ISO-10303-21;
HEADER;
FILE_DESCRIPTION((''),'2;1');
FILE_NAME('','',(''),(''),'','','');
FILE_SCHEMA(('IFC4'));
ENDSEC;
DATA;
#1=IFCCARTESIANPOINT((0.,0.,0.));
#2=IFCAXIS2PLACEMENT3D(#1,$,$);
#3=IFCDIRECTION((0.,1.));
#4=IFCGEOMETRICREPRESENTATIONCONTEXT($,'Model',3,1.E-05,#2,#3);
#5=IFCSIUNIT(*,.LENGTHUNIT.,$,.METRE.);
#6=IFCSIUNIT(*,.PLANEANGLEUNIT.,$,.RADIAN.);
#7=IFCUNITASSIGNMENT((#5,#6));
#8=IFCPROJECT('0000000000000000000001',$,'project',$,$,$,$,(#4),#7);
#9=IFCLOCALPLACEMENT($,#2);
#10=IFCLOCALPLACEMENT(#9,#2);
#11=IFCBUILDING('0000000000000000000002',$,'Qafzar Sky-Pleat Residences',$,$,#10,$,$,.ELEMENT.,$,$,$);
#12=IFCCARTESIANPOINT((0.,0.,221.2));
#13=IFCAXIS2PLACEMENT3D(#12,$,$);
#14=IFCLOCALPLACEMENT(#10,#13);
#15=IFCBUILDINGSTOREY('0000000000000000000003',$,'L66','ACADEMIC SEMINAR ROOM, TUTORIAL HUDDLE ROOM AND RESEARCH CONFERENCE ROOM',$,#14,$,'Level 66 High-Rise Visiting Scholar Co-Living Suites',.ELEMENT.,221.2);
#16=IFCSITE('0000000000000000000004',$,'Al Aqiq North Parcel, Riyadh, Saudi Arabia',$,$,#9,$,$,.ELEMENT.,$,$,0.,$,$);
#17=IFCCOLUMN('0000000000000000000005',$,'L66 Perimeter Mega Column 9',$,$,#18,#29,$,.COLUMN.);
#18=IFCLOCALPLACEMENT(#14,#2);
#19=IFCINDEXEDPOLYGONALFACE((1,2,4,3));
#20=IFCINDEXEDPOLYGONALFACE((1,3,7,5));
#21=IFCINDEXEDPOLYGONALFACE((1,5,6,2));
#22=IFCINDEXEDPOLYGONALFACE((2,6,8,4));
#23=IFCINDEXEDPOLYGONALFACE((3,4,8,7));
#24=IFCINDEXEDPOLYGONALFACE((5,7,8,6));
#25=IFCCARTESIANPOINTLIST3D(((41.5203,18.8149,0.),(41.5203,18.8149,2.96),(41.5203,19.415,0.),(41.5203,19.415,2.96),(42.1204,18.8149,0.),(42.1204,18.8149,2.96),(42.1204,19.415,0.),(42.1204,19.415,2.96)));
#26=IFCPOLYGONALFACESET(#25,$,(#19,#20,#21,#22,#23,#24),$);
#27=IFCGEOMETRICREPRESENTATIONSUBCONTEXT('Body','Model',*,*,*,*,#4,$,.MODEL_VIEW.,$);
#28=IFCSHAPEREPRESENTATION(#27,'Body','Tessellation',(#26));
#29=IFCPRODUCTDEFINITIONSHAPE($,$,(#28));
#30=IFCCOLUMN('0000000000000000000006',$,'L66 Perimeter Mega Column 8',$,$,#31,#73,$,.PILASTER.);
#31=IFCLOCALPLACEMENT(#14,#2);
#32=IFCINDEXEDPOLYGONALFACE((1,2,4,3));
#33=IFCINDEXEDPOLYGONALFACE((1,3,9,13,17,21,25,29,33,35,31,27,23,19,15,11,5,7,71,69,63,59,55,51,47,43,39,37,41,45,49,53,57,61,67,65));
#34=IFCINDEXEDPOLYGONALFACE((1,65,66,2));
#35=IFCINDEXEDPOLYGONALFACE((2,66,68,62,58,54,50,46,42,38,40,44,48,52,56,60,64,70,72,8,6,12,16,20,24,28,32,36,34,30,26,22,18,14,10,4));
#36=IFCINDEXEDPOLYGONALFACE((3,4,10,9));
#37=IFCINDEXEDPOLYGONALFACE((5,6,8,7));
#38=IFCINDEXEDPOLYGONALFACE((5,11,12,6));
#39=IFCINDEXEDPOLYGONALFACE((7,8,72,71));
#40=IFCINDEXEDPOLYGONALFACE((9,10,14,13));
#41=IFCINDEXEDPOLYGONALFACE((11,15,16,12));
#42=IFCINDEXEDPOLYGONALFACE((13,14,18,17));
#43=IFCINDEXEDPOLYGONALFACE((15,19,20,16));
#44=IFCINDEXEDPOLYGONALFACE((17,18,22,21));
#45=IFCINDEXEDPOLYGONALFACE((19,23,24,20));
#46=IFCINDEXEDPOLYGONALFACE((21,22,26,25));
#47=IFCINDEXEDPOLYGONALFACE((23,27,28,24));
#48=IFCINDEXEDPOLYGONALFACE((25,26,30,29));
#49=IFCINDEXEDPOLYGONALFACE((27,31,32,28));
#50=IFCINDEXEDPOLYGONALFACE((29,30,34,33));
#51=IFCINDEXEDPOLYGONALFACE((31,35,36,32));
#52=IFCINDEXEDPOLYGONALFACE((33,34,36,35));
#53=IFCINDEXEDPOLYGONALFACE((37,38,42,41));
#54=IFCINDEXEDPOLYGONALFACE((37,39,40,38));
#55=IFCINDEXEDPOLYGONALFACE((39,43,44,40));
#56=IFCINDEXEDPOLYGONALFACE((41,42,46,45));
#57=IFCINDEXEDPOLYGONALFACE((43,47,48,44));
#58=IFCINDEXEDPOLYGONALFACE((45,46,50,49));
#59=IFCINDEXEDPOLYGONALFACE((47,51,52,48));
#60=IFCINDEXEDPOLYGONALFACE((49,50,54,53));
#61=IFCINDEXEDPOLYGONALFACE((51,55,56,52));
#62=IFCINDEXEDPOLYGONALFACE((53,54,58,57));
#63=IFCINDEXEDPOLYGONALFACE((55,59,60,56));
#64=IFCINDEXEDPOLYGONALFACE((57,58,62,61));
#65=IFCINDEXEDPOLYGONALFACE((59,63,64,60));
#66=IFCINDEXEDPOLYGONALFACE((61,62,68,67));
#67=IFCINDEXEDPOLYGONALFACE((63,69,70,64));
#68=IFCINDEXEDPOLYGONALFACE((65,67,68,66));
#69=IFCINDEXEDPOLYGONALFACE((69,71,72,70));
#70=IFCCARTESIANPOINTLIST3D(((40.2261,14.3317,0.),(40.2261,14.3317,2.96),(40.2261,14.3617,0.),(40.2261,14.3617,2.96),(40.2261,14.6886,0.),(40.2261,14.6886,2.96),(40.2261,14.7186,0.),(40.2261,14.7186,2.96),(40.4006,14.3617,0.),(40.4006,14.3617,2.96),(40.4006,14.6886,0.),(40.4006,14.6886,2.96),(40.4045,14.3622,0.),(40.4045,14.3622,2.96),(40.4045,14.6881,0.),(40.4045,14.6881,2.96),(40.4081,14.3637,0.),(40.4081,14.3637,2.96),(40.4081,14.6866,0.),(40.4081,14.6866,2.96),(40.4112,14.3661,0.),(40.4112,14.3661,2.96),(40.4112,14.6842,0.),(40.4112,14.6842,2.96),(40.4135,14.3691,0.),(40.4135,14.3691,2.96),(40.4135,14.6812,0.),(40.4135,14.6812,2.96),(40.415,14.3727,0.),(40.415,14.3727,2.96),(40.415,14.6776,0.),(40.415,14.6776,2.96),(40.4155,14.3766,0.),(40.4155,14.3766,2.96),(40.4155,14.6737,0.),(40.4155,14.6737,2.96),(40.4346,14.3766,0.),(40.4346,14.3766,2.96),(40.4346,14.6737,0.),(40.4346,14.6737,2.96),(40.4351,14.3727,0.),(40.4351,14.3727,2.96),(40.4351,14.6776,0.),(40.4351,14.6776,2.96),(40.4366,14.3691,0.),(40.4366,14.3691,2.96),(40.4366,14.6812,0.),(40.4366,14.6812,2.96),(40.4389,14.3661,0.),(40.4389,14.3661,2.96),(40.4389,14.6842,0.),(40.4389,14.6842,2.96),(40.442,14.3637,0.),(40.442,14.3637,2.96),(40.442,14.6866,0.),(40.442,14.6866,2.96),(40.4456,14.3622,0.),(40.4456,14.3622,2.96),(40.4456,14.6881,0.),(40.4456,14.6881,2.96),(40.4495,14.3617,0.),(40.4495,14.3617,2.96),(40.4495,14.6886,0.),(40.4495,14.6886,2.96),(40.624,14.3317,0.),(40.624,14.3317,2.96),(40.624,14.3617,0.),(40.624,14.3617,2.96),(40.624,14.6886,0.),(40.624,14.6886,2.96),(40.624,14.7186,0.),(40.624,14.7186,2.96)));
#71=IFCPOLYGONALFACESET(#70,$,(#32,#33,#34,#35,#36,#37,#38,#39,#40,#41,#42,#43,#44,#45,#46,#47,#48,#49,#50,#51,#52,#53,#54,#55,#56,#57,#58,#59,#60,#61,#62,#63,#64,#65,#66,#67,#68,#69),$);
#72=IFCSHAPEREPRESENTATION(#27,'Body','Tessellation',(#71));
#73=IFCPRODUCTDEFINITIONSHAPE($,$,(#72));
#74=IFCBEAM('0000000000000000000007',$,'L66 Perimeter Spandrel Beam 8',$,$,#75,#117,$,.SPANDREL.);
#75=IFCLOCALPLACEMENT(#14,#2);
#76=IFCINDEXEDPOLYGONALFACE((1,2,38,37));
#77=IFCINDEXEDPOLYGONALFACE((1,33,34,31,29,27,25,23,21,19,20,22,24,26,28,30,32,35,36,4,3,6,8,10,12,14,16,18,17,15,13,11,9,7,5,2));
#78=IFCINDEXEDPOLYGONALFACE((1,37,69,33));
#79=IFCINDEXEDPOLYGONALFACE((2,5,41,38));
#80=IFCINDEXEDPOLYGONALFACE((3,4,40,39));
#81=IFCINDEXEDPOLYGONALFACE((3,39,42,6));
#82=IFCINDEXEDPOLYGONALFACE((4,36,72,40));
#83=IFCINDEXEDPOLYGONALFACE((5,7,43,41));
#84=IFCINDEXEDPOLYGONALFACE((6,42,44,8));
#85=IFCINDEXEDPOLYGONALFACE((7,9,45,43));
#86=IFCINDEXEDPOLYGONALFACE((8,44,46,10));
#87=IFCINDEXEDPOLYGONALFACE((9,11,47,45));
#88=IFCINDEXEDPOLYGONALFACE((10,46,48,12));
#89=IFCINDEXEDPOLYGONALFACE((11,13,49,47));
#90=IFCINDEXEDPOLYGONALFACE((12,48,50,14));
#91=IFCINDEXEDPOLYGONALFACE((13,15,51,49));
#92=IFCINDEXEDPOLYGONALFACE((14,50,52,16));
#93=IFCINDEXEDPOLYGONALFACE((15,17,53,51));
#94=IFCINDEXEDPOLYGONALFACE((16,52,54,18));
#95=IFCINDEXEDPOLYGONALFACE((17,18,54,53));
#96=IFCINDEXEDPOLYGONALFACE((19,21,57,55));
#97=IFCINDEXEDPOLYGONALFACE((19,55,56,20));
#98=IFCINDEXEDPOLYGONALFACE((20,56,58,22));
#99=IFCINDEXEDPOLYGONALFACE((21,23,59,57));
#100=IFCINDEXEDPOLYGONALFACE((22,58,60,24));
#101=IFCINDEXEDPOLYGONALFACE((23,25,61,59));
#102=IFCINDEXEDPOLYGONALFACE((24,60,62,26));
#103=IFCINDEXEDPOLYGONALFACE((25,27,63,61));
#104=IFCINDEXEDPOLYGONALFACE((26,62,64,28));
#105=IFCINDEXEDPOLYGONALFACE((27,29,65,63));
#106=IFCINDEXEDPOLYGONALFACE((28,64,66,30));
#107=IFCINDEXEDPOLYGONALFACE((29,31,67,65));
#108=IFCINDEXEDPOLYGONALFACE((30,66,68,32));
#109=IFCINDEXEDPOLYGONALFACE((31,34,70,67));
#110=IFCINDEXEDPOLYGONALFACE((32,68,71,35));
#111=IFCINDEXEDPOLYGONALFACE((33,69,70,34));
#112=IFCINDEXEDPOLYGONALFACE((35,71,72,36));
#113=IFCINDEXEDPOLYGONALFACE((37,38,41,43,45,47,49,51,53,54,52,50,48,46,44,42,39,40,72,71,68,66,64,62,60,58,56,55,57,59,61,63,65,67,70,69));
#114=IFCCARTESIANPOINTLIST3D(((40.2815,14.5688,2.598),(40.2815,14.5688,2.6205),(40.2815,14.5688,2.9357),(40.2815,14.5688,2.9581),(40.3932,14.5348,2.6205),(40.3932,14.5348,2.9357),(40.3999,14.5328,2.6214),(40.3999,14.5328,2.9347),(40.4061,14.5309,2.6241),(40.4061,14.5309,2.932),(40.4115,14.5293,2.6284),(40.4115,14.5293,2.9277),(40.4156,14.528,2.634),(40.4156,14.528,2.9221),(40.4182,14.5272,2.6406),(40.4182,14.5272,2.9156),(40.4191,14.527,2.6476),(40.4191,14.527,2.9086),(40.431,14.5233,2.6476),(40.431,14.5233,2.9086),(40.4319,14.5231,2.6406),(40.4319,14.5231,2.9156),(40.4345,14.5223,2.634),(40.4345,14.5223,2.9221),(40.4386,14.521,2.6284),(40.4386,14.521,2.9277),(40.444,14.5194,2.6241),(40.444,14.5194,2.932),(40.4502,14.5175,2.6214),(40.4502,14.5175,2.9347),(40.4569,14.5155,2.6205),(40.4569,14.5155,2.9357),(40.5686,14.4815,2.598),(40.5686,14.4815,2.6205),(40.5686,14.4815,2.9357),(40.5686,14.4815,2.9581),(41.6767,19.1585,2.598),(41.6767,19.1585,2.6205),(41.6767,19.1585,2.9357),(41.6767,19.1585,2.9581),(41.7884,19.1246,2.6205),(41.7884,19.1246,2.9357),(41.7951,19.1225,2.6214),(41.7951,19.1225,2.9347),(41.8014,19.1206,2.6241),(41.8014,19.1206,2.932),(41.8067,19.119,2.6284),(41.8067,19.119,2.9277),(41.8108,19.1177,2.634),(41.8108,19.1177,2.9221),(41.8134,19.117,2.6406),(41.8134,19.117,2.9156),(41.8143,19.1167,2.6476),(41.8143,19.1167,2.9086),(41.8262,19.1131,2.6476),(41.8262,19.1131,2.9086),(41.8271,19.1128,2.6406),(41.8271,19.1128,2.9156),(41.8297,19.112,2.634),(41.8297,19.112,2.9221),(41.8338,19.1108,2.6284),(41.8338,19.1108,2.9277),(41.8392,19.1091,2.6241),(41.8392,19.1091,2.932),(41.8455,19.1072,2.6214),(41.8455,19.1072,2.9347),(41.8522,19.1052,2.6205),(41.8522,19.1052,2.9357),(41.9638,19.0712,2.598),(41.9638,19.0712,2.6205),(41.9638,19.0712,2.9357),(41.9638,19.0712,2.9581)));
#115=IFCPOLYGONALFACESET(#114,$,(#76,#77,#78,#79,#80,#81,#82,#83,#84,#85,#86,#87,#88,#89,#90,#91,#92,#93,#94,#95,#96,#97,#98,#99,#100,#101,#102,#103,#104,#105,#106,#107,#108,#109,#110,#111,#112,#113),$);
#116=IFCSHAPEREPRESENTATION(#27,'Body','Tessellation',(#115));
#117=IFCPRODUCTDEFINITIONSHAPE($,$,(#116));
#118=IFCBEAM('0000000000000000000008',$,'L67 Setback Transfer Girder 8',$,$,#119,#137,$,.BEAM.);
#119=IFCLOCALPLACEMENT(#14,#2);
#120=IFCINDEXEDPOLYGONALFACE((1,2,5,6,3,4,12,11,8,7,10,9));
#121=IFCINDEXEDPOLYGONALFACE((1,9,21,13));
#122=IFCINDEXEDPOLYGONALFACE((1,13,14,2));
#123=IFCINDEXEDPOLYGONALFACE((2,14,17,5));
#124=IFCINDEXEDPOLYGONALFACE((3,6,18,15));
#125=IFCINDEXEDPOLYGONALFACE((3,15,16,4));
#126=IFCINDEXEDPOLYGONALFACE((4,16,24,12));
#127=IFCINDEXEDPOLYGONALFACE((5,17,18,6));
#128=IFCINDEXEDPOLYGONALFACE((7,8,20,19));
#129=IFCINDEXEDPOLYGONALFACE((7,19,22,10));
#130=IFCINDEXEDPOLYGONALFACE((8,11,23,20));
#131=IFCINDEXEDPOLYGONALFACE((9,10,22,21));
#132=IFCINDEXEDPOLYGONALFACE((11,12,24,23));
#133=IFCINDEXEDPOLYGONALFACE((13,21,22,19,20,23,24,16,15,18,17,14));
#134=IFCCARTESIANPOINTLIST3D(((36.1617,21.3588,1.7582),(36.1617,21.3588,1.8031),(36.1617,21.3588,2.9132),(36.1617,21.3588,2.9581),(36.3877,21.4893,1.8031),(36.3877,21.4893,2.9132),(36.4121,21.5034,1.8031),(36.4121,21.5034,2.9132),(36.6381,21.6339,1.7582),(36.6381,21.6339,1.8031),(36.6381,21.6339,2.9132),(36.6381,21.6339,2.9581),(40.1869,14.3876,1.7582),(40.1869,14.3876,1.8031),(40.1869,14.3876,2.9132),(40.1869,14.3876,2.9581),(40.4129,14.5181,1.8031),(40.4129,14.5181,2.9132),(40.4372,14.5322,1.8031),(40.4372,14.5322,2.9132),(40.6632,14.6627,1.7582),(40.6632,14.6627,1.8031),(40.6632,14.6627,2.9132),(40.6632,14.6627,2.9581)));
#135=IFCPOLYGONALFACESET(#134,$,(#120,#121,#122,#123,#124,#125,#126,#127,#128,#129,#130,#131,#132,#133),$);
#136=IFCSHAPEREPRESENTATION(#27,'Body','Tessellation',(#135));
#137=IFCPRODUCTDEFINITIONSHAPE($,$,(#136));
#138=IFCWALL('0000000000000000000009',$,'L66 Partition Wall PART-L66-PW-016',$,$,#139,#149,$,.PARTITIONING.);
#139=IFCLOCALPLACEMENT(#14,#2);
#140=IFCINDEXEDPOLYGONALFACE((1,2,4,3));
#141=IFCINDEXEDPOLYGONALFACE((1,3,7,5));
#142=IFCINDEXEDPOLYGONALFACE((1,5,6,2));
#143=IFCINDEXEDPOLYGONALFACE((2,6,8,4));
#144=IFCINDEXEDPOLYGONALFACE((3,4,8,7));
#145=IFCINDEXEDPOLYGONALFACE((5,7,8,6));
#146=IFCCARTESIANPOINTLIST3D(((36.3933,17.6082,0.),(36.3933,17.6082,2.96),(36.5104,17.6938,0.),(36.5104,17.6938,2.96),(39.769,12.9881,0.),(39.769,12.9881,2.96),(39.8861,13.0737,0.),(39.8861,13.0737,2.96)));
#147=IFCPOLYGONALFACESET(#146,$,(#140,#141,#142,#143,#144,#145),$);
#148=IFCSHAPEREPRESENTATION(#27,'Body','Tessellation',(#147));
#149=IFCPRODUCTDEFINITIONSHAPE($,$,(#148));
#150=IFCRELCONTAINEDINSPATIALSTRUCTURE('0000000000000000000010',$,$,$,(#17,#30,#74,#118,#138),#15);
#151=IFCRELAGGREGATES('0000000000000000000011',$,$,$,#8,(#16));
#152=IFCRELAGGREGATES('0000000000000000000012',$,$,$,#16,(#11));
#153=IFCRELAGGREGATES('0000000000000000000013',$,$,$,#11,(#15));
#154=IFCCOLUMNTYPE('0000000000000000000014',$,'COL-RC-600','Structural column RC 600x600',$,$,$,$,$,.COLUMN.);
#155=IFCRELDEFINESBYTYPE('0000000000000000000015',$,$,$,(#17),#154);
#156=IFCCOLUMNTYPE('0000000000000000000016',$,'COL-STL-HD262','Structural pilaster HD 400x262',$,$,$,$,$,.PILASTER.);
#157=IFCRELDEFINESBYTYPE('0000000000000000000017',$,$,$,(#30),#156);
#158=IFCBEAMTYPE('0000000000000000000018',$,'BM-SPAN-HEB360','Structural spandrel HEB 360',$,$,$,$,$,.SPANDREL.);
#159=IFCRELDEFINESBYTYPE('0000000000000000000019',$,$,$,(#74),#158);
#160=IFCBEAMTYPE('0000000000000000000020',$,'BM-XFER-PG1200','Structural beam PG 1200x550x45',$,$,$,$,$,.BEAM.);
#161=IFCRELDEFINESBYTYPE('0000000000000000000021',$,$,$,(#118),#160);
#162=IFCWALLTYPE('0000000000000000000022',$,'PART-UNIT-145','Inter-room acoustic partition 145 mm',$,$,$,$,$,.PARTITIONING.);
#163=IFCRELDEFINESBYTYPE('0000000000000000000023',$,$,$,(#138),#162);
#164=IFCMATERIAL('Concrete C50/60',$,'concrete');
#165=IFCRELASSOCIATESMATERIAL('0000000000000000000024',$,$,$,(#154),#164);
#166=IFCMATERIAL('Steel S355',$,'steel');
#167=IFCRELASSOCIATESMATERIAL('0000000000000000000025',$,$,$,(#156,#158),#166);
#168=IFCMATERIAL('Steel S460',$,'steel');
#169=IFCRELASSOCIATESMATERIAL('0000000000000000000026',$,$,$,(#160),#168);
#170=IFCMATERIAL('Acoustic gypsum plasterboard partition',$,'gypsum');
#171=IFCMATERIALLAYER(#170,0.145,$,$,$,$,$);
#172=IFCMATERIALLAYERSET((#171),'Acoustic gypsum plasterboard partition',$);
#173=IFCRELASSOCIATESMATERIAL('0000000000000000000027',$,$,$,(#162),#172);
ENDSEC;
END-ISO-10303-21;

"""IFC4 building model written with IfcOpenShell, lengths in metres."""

from ifc_helpers import new_model, si_unit, direction, frame, frame_2d, origin, origin_2d, place, context, subcontext, project, spatial, rectangle, i_section, extrude, source, transform, mapped, material, layer, layer_set, material_profile, profile_set, type_object, element, save


model = new_model("IFC4")

# Units and contexts
model_context = context("Model", 3, precision=1e-05, world=origin(), true_north=direction((0.0, 1.0)))
body_context = subcontext(model_context, "Body", "Model", "MODEL_VIEW")
ifc_project = project(units=[si_unit("LENGTHUNIT", "METRE"), si_unit("PLANEANGLEUNIT", "RADIAN")], contexts=[model_context])

# Site, building, storey
site_placement = place(None, origin())
site = spatial("IfcSite", under=ifc_project, at=site_placement, Name="Al Aqiq North Parcel, Riyadh, Saudi Arabia", CompositionType="ELEMENT", RefElevation=0.0)
building_placement = place(site_placement, origin())
building = spatial("IfcBuilding", under=site, at=building_placement, Name="Qafzar Sky-Pleat Residences", CompositionType="ELEMENT")
storey_placement = place(building_placement, frame((0.0, 0.0, 221.2)))
storey = spatial("IfcBuildingStorey", under=building, at=storey_placement, Name="L66", Description="ACADEMIC SEMINAR ROOM, TUTORIAL HUDDLE ROOM AND RESEARCH CONFERENCE ROOM", LongName="Level 66 High-Rise Visiting Scholar Co-Living Suites", CompositionType="ELEMENT", Elevation=221.2)

# Columns
ifc_material_1 = material(Name="Concrete C50/60", Category="concrete")
ifc_material_profile_1 = material_profile(ifc_material_1, rectangle(XDim=0.6001, YDim=0.6001, at=origin_2d()), Name="RC 600x600")
ifc_profile_set_1 = profile_set([ifc_material_profile_1], Name="Concrete C50/60")
column_type_1 = type_object("IfcColumnType", Name="COL-RC-600", Description="Structural column RC 600x600", PredefinedType="COLUMN", material=ifc_profile_set_1)
shared_shape_1 = source(origin(), body_context, "Body", "SweptSolid", [
    extrude(rectangle(XDim=0.6001, YDim=0.6001, at=origin_2d()), origin(), (0.0, 0.0, 1.0), 2.96),
])
column_1_placement = place(storey_placement, frame((41.8203, 19.115, 0.0), z_axis=(0.0, 0.0, 1.0), x_axis=(1.0, 0.0, 0.0)))
element("IfcColumn", 1, at=column_1_placement, inside=storey, type_object=column_type_1, Name="L66 Perimeter Mega Column 9", PredefinedType="COLUMN", context=body_context, shape_type="MappedRepresentation", body=[
    mapped(shared_shape_1, transform((0.0, 0.0, 0.0), x_axis=(1.0, 0.0, 0.0), y_axis=(0.0, 1.0, 0.0), z_axis=(0.0, 0.0, 1.0), scale=1.0)),
])
ifc_material_2 = material(Name="Steel S355", Category="steel")
ifc_material_profile_2 = material_profile(ifc_material_2, i_section(OverallWidth=0.3979, OverallDepth=0.387, WebThickness=0.019, FlangeThickness=0.03, FilletRadius=0.0149, at=origin_2d()), Name="HD 400x262")
ifc_profile_set_2 = profile_set([ifc_material_profile_2], Name="Steel S355")
column_type_2 = type_object("IfcColumnType", Name="COL-STL-HD262", Description="Structural pilaster HD 400x262", PredefinedType="PILASTER", material=ifc_profile_set_2)
shared_shape_2 = source(origin(), body_context, "Body", "SweptSolid", [
    extrude(i_section(OverallWidth=0.3979, OverallDepth=0.387, WebThickness=0.019, FlangeThickness=0.03, FilletRadius=0.0149, at=origin_2d()), origin(), (0.0, 0.0, 1.0), 2.96),
])
column_2_placement = place(storey_placement, frame((40.425, 14.5251, 0.0), z_axis=(0.0, 0.0, 1.0), x_axis=(1.0, 0.0, 0.0)))
element("IfcColumn", 2, at=column_2_placement, inside=storey, type_object=column_type_2, Name="L66 Perimeter Mega Column 8", PredefinedType="PILASTER", context=body_context, shape_type="MappedRepresentation", body=[
    mapped(shared_shape_2, transform((0.0, 0.0, 0.0), x_axis=(1.0, 0.0, 0.0), y_axis=(0.0, 1.0, 0.0), z_axis=(0.0, 0.0, 1.0), scale=1.0)),
])

# Beams
ifc_material_profile_3 = material_profile(ifc_material_2, i_section(OverallWidth=0.3, OverallDepth=0.3601, WebThickness=0.0125, FlangeThickness=0.0225, FilletRadius=0.0271, at=origin_2d()), Name="HEB 360")
ifc_profile_set_3 = profile_set([ifc_material_profile_3], Name="Steel S355")
beam_type_1 = type_object("IfcBeamType", Name="BM-SPAN-HEB360", Description="Structural spandrel HEB 360", PredefinedType="SPANDREL", material=ifc_profile_set_3)
shared_shape_3 = source(origin(), body_context, "Body", "SweptSolid", [
    extrude(i_section(OverallWidth=0.3, OverallDepth=0.3601, WebThickness=0.0125, FlangeThickness=0.0225, FilletRadius=0.0271, at=origin_2d()), origin(), (0.0, 0.0, 1.0), 4.7971),
])
beam_1_placement = place(storey_placement, frame((40.425, 14.5251, 2.7781), z_axis=(0.290848, 0.956769, 0.0), x_axis=(-0.956769, 0.290848, 0.0)))
element("IfcBeam", 3, at=beam_1_placement, inside=storey, type_object=beam_type_1, Name="L66 Perimeter Spandrel Beam 8", PredefinedType="SPANDREL", context=body_context, shape_type="MappedRepresentation", body=[
    mapped(shared_shape_3, transform((0.0, 0.0, 0.0), x_axis=(1.0, 0.0, 0.0), y_axis=(0.0, 1.0, 0.0), z_axis=(0.0, 0.0, 1.0), scale=1.0)),
])
ifc_material_3 = material(Name="Steel S460", Category="steel")
ifc_material_profile_4 = material_profile(ifc_material_3, i_section(OverallWidth=0.55, OverallDepth=1.2, WebThickness=0.0281, FlangeThickness=0.0449, at=origin_2d()), Name="PG 1200x550x45")
ifc_profile_set_4 = profile_set([ifc_material_profile_4], Name="Steel S460")
beam_type_2 = type_object("IfcBeamType", Name="BM-XFER-PG1200", Description="Structural beam PG 1200x550x45", PredefinedType="BEAM", material=ifc_profile_set_4)
shared_shape_4 = source(origin(), body_context, "Body", "SweptSolid", [
    extrude(i_section(OverallWidth=0.55, OverallDepth=1.2, WebThickness=0.0281, FlangeThickness=0.0449, at=origin_2d()), origin(), (0.0, 0.0, 1.0), 8.0498),
])
beam_2_placement = place(storey_placement, frame((40.425, 14.5251, 2.3582), z_axis=(-0.50003, 0.866008, 0.0), x_axis=(-0.866008, -0.50003, 0.0)))
element("IfcBeam", 4, at=beam_2_placement, inside=storey, type_object=beam_type_2, Name="L67 Setback Transfer Girder 8", PredefinedType="BEAM", context=body_context, shape_type="MappedRepresentation", body=[
    mapped(shared_shape_4, transform((0.0, 0.0, 0.0), x_axis=(1.0, 0.0, 0.0), y_axis=(0.0, 1.0, 0.0), z_axis=(0.0, 0.0, 1.0), scale=1.0)),
])

# Wall
ifc_material_4 = material(Name="Acoustic gypsum plasterboard partition", Category="gypsum")
ifc_layer_1 = layer(ifc_material_4, 0.145)
ifc_layer_set_1 = layer_set([ifc_layer_1], Name="Acoustic gypsum plasterboard partition")
wall_type_1 = type_object("IfcWallType", Name="PART-UNIT-145", Description="Inter-room acoustic partition 145 mm", PredefinedType="PARTITIONING", material=ifc_layer_set_1)
wall_1_placement = place(storey_placement, frame((36.4519, 17.6509, 0.0), z_axis=(0.0, 0.0, 1.0), x_axis=(0.589959, -0.807433, 0.0)))
element("IfcWall", 5, at=wall_1_placement, inside=storey, type_object=wall_type_1, Name="L66 Partition Wall PART-L66-PW-016", PredefinedType="PARTITIONING", context=body_context, shape_type="SweptSolid", body=[
    extrude(rectangle(XDim=5.7219, YDim=0.145, at=frame_2d((2.8608, 0.0))), origin(), (0.0, 0.0, 1.0), 2.96),
])

save(model, "model.ifc")
